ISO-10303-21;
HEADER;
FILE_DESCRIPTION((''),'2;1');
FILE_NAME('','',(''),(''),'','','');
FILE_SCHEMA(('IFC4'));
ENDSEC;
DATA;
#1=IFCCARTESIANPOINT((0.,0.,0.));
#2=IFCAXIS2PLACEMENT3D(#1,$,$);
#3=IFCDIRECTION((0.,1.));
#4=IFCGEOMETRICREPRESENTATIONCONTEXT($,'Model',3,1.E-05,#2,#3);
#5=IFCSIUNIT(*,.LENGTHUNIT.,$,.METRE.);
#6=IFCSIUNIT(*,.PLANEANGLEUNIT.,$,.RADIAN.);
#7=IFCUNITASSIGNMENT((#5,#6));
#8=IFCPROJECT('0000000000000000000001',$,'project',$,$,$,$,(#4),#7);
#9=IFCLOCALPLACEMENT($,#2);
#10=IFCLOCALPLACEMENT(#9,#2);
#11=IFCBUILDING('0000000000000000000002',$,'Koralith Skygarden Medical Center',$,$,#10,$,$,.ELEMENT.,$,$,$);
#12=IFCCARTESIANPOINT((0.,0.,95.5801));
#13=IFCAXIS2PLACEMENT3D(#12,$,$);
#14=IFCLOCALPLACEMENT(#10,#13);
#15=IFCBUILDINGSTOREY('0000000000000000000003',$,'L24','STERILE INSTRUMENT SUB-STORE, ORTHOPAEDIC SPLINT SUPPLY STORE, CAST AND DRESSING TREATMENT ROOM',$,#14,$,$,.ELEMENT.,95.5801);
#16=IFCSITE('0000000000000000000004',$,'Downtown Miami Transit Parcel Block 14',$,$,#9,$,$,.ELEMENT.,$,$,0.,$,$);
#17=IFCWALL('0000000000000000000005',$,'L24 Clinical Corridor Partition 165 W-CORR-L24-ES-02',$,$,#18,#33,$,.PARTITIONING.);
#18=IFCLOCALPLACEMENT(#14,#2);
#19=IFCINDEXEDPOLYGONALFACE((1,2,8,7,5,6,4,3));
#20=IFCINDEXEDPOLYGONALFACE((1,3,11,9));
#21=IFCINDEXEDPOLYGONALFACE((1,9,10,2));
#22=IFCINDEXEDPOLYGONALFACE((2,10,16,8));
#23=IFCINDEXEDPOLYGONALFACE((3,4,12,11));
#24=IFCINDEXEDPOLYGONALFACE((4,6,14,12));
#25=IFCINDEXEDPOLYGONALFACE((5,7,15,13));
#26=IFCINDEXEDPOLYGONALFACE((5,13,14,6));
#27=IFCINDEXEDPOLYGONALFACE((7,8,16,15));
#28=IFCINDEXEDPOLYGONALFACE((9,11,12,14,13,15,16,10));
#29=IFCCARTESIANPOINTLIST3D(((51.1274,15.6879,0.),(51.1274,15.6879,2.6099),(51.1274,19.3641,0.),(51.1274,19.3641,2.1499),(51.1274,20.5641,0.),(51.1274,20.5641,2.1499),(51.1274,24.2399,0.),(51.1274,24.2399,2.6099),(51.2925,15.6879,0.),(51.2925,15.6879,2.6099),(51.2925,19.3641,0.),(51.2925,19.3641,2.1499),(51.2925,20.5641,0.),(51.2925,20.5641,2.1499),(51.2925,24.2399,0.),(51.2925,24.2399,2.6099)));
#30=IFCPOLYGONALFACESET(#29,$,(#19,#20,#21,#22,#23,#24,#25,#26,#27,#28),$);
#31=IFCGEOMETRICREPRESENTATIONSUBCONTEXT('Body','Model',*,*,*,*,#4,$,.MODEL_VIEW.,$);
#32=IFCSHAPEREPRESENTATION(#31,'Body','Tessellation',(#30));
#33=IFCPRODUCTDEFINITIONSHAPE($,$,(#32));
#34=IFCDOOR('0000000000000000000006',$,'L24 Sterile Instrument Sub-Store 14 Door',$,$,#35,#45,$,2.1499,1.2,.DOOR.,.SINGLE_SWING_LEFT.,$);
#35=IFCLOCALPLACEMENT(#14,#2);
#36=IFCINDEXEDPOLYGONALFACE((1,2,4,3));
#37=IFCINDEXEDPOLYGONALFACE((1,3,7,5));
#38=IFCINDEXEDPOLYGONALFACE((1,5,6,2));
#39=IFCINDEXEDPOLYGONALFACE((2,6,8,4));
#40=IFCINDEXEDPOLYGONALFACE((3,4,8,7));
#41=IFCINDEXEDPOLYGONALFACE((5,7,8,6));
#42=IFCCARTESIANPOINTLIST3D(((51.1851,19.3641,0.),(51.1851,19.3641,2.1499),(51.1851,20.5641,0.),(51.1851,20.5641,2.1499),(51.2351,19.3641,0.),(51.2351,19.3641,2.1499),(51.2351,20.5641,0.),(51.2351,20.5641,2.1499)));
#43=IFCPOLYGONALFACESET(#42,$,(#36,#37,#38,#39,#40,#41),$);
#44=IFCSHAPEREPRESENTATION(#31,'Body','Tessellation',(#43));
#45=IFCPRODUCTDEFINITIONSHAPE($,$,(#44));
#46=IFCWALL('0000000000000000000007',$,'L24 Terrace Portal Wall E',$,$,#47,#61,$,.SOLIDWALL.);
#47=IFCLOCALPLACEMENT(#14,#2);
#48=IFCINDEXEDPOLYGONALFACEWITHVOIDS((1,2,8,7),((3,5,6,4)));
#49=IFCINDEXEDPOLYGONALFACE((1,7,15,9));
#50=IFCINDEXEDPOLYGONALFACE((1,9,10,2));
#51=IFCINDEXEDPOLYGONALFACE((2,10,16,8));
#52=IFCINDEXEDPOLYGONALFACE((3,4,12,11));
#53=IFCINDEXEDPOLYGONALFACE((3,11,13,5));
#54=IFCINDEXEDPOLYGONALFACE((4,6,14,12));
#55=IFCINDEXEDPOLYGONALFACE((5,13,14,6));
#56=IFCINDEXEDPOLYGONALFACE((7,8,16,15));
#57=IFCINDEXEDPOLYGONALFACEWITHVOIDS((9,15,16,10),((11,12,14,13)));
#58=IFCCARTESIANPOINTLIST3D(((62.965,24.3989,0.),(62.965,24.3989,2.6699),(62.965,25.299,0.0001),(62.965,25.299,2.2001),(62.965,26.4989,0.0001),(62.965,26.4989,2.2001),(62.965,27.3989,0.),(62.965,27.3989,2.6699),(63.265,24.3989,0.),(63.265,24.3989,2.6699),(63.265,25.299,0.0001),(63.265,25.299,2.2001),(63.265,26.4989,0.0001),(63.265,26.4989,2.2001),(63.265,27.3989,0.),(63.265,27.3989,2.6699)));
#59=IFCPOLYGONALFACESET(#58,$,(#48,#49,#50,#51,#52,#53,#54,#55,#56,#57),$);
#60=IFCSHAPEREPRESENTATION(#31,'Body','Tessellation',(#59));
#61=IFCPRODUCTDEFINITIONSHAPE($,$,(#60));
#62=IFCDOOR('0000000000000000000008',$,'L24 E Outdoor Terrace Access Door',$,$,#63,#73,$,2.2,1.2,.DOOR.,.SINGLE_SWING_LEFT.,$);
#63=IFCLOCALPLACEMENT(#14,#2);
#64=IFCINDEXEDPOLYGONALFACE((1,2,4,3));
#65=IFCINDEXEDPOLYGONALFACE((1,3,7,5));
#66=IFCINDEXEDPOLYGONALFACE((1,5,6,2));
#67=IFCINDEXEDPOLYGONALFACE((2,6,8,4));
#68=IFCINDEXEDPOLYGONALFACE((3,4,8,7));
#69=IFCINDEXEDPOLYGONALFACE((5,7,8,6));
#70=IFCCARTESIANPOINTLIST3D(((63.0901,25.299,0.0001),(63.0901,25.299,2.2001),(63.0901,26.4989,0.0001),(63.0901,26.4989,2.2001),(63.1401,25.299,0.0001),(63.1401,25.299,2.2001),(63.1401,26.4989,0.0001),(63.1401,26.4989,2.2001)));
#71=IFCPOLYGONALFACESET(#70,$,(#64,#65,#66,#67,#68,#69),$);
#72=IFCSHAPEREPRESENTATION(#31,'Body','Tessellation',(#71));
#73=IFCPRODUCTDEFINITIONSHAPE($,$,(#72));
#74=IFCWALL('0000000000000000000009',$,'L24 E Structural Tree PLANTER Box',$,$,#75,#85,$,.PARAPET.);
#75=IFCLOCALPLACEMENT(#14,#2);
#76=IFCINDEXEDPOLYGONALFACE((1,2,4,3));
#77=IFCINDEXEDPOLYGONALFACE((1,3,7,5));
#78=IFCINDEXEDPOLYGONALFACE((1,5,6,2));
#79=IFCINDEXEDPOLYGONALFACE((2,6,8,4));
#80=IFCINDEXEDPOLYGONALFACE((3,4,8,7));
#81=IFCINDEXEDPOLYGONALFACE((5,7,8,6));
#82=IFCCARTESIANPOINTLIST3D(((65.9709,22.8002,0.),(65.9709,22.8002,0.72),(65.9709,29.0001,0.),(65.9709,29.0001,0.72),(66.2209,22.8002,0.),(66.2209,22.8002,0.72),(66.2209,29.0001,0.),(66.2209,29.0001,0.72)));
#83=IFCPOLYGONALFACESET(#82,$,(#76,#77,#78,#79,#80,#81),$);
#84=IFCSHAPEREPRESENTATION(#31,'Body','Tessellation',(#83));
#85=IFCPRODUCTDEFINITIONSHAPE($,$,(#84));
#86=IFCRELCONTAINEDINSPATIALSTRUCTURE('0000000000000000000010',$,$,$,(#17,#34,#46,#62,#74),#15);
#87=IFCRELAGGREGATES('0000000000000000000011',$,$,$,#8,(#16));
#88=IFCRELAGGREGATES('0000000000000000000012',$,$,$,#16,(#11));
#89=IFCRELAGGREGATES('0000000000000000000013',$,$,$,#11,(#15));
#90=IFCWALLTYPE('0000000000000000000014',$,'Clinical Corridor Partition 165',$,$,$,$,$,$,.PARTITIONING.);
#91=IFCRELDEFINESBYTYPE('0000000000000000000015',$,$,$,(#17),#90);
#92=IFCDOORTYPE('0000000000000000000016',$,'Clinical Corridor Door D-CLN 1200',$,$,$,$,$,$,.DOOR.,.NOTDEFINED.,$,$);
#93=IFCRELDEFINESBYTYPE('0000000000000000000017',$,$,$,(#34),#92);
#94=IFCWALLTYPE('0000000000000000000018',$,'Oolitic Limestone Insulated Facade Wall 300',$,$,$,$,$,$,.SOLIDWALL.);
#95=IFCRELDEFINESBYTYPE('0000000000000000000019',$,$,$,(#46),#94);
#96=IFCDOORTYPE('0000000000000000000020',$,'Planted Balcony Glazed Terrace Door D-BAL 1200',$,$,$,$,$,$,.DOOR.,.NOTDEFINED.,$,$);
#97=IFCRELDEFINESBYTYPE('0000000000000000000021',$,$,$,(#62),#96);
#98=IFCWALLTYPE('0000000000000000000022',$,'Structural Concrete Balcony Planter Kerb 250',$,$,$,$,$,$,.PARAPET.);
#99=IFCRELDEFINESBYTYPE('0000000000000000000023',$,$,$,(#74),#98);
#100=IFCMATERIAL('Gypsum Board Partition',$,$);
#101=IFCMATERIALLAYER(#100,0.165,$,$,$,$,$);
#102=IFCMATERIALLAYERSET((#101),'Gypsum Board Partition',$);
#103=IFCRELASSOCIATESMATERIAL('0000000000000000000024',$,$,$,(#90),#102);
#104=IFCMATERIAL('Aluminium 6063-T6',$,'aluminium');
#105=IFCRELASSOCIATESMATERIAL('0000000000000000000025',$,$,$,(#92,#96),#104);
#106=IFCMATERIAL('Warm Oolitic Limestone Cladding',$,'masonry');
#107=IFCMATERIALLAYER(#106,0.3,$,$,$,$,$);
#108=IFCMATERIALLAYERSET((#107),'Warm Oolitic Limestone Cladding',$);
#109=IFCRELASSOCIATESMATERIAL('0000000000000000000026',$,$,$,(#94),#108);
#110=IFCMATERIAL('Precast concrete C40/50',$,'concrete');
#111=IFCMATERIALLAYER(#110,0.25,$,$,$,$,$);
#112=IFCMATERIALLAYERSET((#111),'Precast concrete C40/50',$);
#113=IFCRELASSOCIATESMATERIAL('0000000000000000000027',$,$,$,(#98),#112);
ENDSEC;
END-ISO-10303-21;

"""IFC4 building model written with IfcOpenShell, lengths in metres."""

from ifc_helpers import new_model, si_unit, direction, frame, frame_2d, origin, place, context, subcontext, project, spatial, rectangle, extrude, material, layer, layer_set, type_object, element, fill, save


model = new_model("IFC4")

# Units and contexts
model_context = context("Model", 3, precision=1e-05, world=origin(), true_north=direction((0.0, 1.0)))
body_context = subcontext(model_context, "Body", "Model", "MODEL_VIEW")
ifc_project = project(units=[si_unit("LENGTHUNIT", "METRE"), si_unit("PLANEANGLEUNIT", "RADIAN")], contexts=[model_context])

# Site, building, storey
site_placement = place(None, origin())
site = spatial("IfcSite", under=ifc_project, at=site_placement, Name="Downtown Miami Transit Parcel Block 14", CompositionType="ELEMENT", RefElevation=0.0)
building_placement = place(site_placement, origin())
building = spatial("IfcBuilding", under=site, at=building_placement, Name="Koralith Skygarden Medical Center", CompositionType="ELEMENT")
storey_placement = place(building_placement, frame((0.0, 0.0, 95.5801)))
storey = spatial("IfcBuildingStorey", under=building, at=storey_placement, Name="L24", Description="STERILE INSTRUMENT SUB-STORE, ORTHOPAEDIC SPLINT SUPPLY STORE, CAST AND DRESSING TREATMENT ROOM", CompositionType="ELEMENT", Elevation=95.5801)

# Shared definitions
ifc_material_1 = material(Name="Aluminium 6063-T6", Category="aluminium")

# Shared definitions
ifc_material_2 = material(Name="Gypsum Board Partition")
ifc_layer_1 = layer(ifc_material_2, 0.165)
ifc_layer_set_1 = layer_set([ifc_layer_1], Name="Gypsum Board Partition")
wall_type_1 = type_object("IfcWallType", Name="Clinical Corridor Partition 165", PredefinedType="PARTITIONING", material=ifc_layer_set_1)

# Walls, openings, doors
wall_1_placement = place(storey_placement, frame((51.21, 15.688, 0.0), z_axis=(0.0, 0.0, 1.0), x_axis=(0.0, 1.0, 0.0)))
wall_1 = element("IfcWall", 1, at=wall_1_placement, inside=storey, type_object=wall_type_1, Name="L24 Clinical Corridor Partition 165 W-CORR-L24-ES-02", PredefinedType="PARTITIONING", context=body_context, shape_type="SweptSolid", body=[
    extrude(rectangle(XDim=8.552, YDim=0.165, at=frame_2d((4.2759, 0.0))), origin(), (0.0, 0.0, 1.0), 2.6099),
])
opening_1_placement = place(wall_1_placement, frame((3.676, 0.0, 0.0)))
opening_1 = element("IfcOpeningElement", 2, at=opening_1_placement, cuts=wall_1, PredefinedType="OPENING", context=body_context, shape_type="SweptSolid", body=[
    extrude(rectangle(XDim=1.2, YDim=2.1499, at=frame_2d((0.6001, 1.075))), frame((0.0, 0.0925, 0.0), z_axis=(0.0, -1.0, 0.0), x_axis=(1.0, 0.0, 0.0)), (0.0, 0.0, 1.0), 0.1851),
])
door_type_1 = type_object("IfcDoorType", Name="Clinical Corridor Door D-CLN 1200", OperationType="NOTDEFINED", PredefinedType="DOOR", material=ifc_material_1)
door_1_placement = place(opening_1_placement, origin())
door_1 = element("IfcDoor", 3, at=door_1_placement, inside=storey, type_object=door_type_1, Name="L24 Sterile Instrument Sub-Store 14 Door", OperationType="SINGLE_SWING_LEFT", OverallHeight=2.1499, OverallWidth=1.2, PredefinedType="DOOR", context=body_context, shape_type="SweptSolid", body=[
    extrude(rectangle(XDim=1.2, YDim=2.1499, at=frame_2d((0.6001, 1.075))), frame((0.0, 0.0249, 0.0), z_axis=(0.0, -1.0, 0.0), x_axis=(1.0, 0.0, 0.0)), (0.0, 0.0, 1.0), 0.05),
])
fill(opening_1, door_1)
ifc_material_3 = material(Name="Warm Oolitic Limestone Cladding", Category="masonry")
ifc_layer_2 = layer(ifc_material_3, 0.3)
ifc_layer_set_2 = layer_set([ifc_layer_2], Name="Warm Oolitic Limestone Cladding")
wall_type_2 = type_object("IfcWallType", Name="Oolitic Limestone Insulated Facade Wall 300", PredefinedType="SOLIDWALL", material=ifc_layer_set_2)
wall_2_placement = place(storey_placement, frame((63.115, 24.3989, 0.0), z_axis=(0.0, 0.0, 1.0), x_axis=(0.0, 1.0, 0.0)))
wall_2 = element("IfcWall", 4, at=wall_2_placement, inside=storey, type_object=wall_type_2, Name="L24 Terrace Portal Wall E", PredefinedType="SOLIDWALL", context=body_context, shape_type="SweptSolid", body=[
    extrude(rectangle(XDim=3.0, YDim=0.3, at=frame_2d((1.5, 0.0))), origin(), (0.0, 0.0, 1.0), 2.6699),
])
opening_2_placement = place(wall_2_placement, frame((0.8999, 0.0, 0.0)))
opening_2 = element("IfcOpeningElement", 5, at=opening_2_placement, cuts=wall_2, PredefinedType="OPENING", context=body_context, shape_type="SweptSolid", body=[
    extrude(rectangle(XDim=1.2, YDim=2.2, at=frame_2d((0.6001, 1.1001))), frame((0.0, 0.1599, 0.0), z_axis=(0.0, -1.0, 0.0), x_axis=(1.0, 0.0, 0.0)), (0.0, 0.0, 1.0), 0.3201),
])
door_type_2 = type_object("IfcDoorType", Name="Planted Balcony Glazed Terrace Door D-BAL 1200", OperationType="NOTDEFINED", PredefinedType="DOOR", material=ifc_material_1)
door_2_placement = place(opening_2_placement, origin())
door_2 = element("IfcDoor", 6, at=door_2_placement, inside=storey, type_object=door_type_2, Name="L24 E Outdoor Terrace Access Door", OperationType="SINGLE_SWING_LEFT", OverallHeight=2.2, OverallWidth=1.2, PredefinedType="DOOR", context=body_context, shape_type="SweptSolid", body=[
    extrude(rectangle(XDim=1.2, YDim=2.2, at=frame_2d((0.6001, 1.1001))), frame((0.0, 0.0249, 0.0), z_axis=(0.0, -1.0, 0.0), x_axis=(1.0, 0.0, 0.0)), (0.0, 0.0, 1.0), 0.05),
])
fill(opening_2, door_2)

# Wall
ifc_material_4 = material(Name="Precast concrete C40/50", Category="concrete")
ifc_layer_3 = layer(ifc_material_4, 0.25)
ifc_layer_set_3 = layer_set([ifc_layer_3], Name="Precast concrete C40/50")
wall_type_3 = type_object("IfcWallType", Name="Structural Concrete Balcony Planter Kerb 250", PredefinedType="PARAPET", material=ifc_layer_set_3)
wall_3_placement = place(storey_placement, frame((66.0959, 22.8, 0.0), z_axis=(0.0, 0.0, 1.0), x_axis=(0.0, 1.0, 0.0)))
element("IfcWall", 7, at=wall_3_placement, inside=storey, type_object=wall_type_3, Name="L24 E Structural Tree PLANTER Box", PredefinedType="PARAPET", context=body_context, shape_type="SweptSolid", body=[
    extrude(rectangle(XDim=6.2, YDim=0.25, at=frame_2d((3.1001, 0.0))), origin(), (0.0, 0.0, 1.0), 0.72),
])

save(model, "model.ifc")
